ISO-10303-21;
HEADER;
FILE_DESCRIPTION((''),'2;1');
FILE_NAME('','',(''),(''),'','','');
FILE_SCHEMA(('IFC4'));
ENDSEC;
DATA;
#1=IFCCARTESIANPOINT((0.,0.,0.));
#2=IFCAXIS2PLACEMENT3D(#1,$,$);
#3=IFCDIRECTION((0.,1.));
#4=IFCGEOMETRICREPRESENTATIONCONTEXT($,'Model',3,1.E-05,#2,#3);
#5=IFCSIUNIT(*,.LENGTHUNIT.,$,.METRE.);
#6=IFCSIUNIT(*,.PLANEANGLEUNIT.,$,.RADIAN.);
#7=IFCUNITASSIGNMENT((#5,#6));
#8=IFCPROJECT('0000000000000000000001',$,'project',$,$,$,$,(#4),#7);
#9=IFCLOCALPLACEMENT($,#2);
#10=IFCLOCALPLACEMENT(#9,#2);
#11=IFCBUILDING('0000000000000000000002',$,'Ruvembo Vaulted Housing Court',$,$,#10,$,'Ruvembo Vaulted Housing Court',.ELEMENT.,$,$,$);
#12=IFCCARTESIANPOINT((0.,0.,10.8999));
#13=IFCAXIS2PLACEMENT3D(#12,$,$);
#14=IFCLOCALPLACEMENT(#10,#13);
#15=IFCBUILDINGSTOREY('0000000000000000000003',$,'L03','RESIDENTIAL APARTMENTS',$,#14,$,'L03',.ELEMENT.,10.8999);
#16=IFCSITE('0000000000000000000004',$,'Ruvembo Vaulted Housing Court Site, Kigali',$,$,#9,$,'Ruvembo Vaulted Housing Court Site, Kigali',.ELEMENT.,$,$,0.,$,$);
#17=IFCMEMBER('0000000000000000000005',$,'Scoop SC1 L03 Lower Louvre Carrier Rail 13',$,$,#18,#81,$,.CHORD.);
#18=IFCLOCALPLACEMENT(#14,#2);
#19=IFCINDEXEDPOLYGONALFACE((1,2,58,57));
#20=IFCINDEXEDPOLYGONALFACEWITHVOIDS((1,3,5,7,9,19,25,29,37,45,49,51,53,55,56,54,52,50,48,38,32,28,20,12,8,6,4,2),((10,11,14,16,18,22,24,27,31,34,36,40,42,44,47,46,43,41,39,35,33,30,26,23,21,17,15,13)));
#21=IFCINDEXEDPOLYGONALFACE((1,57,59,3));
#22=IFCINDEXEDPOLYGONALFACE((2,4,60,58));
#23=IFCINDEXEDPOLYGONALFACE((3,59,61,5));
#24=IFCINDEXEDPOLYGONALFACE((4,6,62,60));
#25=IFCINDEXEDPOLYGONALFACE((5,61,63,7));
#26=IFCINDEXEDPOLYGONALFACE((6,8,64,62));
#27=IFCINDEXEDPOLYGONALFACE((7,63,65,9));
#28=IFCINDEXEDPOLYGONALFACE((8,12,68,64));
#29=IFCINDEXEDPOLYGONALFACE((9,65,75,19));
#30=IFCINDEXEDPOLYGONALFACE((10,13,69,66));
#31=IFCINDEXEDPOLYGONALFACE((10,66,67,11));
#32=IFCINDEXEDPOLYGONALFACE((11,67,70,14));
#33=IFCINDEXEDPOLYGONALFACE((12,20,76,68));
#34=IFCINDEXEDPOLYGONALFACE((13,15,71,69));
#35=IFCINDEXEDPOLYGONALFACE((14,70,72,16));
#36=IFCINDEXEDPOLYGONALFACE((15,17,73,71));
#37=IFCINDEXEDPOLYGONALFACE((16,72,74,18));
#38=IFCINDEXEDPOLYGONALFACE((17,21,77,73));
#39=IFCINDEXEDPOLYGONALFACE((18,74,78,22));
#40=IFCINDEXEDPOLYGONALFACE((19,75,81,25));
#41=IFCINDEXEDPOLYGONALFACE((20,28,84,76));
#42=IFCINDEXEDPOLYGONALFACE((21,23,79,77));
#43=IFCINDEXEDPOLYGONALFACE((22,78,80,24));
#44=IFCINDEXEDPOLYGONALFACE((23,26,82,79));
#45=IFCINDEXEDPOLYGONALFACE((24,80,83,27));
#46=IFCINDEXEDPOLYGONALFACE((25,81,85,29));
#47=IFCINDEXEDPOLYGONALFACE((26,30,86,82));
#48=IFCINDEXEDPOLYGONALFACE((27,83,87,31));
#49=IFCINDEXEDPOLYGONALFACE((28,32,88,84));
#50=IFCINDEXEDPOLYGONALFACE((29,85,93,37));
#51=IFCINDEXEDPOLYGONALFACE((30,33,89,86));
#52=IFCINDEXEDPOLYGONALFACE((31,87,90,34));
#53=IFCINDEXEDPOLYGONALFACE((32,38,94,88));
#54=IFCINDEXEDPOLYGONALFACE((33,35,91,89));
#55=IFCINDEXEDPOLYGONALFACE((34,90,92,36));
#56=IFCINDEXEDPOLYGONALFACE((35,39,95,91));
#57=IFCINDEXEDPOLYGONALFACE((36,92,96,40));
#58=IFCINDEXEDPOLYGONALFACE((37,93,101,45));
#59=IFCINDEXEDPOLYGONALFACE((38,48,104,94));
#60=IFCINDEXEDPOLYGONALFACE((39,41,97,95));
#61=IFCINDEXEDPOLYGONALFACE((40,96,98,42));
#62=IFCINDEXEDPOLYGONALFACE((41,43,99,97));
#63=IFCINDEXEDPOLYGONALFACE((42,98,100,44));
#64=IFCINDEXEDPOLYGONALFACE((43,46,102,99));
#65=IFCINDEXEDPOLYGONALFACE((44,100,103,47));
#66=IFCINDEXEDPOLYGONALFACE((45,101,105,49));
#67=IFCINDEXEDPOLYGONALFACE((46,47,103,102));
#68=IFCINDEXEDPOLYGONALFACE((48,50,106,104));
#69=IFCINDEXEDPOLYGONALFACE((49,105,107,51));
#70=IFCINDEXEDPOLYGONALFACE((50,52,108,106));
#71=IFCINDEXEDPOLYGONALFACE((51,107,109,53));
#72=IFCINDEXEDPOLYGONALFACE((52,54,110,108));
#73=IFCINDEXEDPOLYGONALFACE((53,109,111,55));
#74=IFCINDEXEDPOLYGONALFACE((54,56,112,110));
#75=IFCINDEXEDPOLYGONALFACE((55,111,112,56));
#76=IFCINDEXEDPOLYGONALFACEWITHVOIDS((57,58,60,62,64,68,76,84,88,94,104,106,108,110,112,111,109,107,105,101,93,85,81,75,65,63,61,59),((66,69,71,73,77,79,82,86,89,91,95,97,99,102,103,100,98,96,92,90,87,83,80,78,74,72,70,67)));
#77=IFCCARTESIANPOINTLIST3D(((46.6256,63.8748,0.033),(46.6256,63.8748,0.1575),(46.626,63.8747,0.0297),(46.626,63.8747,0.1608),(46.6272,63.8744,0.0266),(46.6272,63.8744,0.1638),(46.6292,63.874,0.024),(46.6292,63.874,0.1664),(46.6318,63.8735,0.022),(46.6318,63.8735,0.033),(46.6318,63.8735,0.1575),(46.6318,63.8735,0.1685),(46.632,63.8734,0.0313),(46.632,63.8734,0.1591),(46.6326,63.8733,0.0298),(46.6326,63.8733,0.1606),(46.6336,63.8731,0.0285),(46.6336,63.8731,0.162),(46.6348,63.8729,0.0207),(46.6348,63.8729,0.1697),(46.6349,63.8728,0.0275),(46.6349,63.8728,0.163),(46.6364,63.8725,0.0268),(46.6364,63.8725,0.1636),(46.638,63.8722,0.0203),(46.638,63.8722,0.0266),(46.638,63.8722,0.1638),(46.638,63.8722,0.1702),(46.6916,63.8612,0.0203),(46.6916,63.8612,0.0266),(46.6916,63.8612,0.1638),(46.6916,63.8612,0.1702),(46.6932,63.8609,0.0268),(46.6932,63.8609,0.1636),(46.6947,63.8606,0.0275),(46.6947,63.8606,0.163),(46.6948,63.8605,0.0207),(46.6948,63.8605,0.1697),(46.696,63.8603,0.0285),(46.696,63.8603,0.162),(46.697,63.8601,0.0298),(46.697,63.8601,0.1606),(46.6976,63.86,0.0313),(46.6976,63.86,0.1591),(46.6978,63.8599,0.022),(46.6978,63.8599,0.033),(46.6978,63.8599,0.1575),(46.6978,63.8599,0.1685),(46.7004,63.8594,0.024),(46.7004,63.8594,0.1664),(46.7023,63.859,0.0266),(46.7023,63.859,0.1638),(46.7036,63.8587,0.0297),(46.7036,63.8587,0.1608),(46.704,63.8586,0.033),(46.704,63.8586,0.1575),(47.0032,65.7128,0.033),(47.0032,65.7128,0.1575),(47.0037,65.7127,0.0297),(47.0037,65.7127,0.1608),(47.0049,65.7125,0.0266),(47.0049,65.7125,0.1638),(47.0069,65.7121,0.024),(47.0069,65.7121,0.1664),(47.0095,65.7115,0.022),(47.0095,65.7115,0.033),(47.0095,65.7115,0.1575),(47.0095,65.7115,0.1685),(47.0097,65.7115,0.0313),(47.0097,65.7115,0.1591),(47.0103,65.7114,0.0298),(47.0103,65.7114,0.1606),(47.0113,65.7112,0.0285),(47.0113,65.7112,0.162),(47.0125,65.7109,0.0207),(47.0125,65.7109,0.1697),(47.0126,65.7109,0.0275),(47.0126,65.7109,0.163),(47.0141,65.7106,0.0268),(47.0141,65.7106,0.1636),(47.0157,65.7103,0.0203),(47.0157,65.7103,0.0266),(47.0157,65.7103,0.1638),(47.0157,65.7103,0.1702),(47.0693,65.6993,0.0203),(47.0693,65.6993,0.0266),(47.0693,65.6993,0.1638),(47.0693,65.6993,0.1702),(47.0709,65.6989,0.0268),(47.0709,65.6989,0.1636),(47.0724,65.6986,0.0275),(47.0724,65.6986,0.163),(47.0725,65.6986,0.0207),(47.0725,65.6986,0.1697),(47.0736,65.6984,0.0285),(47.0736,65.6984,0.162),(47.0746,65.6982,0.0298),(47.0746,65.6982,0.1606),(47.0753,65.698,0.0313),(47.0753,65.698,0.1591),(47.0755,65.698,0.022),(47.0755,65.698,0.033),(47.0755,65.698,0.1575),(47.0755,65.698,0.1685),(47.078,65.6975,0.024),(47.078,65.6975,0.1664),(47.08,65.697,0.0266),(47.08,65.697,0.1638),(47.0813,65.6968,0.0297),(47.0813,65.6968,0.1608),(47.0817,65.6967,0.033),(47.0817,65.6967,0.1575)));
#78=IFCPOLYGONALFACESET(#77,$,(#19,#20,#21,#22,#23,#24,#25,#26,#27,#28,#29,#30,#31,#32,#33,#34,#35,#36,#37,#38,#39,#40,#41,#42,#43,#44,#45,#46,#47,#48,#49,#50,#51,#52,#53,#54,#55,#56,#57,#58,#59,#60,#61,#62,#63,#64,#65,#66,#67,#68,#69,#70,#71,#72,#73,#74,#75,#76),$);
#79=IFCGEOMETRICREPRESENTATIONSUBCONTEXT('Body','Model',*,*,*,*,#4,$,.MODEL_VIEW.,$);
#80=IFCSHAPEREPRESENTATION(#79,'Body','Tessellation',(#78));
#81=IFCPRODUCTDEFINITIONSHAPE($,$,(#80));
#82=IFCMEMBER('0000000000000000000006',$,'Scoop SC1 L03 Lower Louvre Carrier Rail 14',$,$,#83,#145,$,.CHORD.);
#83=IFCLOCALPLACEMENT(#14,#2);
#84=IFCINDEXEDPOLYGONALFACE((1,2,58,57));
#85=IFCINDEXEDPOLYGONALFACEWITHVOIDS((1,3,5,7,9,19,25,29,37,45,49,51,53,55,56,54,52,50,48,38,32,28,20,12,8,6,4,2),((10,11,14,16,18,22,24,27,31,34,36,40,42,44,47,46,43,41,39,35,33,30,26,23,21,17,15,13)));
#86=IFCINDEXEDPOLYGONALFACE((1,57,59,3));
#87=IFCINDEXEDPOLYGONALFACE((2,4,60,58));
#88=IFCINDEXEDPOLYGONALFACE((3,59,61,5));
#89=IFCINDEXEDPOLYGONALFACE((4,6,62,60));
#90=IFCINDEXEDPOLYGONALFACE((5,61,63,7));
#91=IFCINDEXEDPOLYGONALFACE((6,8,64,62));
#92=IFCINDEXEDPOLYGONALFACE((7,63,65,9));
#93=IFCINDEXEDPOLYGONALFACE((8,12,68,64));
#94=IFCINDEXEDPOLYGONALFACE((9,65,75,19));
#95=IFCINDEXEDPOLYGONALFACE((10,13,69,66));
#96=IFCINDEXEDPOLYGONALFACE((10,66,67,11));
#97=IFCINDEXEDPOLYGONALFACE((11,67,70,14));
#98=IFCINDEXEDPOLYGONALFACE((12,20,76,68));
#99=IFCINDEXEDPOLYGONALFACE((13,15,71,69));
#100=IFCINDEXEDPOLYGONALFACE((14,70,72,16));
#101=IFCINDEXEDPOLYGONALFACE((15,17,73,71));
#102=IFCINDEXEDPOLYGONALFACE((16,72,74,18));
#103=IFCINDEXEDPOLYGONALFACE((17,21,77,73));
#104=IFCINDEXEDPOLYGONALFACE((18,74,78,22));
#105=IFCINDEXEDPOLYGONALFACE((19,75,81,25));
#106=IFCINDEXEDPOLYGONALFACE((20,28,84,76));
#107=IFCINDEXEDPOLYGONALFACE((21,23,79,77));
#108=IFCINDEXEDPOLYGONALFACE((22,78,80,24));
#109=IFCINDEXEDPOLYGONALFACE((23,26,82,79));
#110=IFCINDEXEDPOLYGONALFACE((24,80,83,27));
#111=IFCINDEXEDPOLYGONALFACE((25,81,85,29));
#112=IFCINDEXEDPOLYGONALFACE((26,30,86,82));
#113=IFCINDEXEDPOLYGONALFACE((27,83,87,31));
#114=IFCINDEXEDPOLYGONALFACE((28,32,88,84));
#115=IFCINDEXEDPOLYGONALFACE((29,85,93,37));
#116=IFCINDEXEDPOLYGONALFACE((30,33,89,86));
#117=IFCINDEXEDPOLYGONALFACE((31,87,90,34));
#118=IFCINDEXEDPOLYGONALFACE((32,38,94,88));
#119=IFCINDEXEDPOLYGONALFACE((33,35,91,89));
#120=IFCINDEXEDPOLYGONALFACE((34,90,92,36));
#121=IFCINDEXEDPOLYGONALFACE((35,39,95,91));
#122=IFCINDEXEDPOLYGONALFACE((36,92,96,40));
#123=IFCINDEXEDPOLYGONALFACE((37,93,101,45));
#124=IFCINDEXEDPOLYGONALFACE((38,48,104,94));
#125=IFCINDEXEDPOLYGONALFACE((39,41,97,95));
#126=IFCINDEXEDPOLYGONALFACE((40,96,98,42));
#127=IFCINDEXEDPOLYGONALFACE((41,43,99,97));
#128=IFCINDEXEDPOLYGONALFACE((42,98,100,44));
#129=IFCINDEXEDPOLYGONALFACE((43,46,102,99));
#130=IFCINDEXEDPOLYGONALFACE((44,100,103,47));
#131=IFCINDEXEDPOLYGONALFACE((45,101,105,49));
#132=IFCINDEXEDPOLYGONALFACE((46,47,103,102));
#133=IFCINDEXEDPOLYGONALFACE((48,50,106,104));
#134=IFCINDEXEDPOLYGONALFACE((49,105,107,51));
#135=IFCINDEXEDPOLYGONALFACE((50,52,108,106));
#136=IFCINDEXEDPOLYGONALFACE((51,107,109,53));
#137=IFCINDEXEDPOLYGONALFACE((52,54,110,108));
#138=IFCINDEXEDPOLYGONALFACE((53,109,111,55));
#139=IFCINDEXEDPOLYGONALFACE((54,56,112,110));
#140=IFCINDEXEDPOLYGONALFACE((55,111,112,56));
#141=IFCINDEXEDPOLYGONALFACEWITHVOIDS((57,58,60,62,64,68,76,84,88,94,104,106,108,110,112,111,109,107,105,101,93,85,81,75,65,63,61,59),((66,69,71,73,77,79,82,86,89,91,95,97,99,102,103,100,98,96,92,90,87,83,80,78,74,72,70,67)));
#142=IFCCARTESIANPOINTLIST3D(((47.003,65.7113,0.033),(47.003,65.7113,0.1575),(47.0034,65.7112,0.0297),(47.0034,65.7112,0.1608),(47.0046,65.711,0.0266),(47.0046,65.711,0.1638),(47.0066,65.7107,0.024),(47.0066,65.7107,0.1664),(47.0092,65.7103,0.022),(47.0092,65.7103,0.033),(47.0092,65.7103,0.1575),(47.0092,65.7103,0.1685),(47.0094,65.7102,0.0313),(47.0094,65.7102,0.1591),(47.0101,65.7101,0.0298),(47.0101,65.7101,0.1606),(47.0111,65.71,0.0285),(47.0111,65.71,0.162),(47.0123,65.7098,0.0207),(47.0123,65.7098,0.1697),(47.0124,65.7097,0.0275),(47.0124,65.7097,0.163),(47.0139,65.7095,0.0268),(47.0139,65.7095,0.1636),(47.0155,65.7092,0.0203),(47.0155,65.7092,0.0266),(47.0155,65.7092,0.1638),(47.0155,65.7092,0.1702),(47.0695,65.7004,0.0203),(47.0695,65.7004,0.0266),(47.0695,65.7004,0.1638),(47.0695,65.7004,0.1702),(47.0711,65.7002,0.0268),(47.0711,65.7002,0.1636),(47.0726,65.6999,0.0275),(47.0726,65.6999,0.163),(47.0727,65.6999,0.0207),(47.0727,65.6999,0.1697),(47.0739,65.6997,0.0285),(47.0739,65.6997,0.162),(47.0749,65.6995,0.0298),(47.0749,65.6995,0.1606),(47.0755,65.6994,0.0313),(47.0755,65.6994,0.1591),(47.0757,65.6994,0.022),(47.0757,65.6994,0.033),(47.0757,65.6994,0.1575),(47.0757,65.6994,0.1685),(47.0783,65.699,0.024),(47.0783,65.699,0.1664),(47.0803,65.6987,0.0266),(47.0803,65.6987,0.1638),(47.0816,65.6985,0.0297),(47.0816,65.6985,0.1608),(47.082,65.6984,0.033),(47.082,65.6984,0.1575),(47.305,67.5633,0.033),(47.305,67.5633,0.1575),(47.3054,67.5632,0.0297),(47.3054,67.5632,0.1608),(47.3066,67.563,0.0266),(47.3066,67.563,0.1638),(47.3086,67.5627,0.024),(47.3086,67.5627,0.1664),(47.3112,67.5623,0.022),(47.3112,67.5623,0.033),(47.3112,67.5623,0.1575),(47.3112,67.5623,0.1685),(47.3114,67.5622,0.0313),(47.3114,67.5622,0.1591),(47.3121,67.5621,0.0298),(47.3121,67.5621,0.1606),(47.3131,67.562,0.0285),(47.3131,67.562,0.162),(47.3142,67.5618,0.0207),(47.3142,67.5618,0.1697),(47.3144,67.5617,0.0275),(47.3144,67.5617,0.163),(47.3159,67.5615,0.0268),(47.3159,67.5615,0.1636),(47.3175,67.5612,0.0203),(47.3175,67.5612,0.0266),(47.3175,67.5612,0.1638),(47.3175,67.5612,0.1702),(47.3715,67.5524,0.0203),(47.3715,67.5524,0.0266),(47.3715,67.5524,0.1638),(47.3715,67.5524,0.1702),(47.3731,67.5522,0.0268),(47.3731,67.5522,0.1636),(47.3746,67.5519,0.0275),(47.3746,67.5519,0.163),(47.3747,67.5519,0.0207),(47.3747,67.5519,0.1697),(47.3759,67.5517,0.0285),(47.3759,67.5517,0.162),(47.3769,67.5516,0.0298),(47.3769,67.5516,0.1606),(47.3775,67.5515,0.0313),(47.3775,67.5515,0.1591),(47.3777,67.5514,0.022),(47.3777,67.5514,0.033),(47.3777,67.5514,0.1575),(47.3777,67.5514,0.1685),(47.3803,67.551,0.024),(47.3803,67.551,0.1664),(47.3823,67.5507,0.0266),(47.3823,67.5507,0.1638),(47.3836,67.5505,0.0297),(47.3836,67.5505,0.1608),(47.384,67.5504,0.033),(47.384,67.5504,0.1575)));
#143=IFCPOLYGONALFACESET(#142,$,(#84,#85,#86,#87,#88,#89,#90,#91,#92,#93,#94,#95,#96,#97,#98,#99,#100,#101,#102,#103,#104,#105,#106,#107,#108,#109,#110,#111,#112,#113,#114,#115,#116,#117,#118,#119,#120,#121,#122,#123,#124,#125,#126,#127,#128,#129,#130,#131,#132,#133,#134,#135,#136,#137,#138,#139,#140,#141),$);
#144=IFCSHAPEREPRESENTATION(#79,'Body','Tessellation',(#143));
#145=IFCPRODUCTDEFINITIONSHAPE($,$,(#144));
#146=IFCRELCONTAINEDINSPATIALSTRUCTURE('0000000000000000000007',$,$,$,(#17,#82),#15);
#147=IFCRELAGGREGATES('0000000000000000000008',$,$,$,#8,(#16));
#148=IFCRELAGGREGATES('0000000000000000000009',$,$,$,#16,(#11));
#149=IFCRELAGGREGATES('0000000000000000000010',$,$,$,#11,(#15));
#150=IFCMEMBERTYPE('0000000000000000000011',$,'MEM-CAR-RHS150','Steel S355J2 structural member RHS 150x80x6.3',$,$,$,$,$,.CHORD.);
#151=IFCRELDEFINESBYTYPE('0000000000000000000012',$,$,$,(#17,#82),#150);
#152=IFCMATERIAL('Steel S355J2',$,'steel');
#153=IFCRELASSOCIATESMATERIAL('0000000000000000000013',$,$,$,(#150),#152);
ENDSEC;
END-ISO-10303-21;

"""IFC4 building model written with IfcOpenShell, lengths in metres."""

from ifc_helpers import new_model, si_unit, direction, frame, origin, origin_2d, place, context, subcontext, project, spatial, hollow_rectangle, extrude, material, material_profile, profile_set, type_object, element, save


model = new_model("IFC4")

# Units and contexts
model_context = context("Model", 3, precision=1e-05, world=origin(), true_north=direction((0.0, 1.0)))
body_context = subcontext(model_context, "Body", "Model", "MODEL_VIEW")
ifc_project = project(units=[si_unit("LENGTHUNIT", "METRE"), si_unit("PLANEANGLEUNIT", "RADIAN")], contexts=[model_context])

# Site, building, storey
site_placement = place(None, origin())
site = spatial("IfcSite", under=ifc_project, at=site_placement, Name="Ruvembo Vaulted Housing Court Site, Kigali", LongName="Ruvembo Vaulted Housing Court Site, Kigali", CompositionType="ELEMENT", RefElevation=0.0)
building_placement = place(site_placement, origin())
building = spatial("IfcBuilding", under=site, at=building_placement, Name="Ruvembo Vaulted Housing Court", LongName="Ruvembo Vaulted Housing Court", CompositionType="ELEMENT")
storey_placement = place(building_placement, frame((0.0, 0.0, 10.8999)))
storey = spatial("IfcBuildingStorey", under=building, at=storey_placement, Name="L03", Description="RESIDENTIAL APARTMENTS", LongName="L03", CompositionType="ELEMENT", Elevation=10.8999)

# Shared definitions
ifc_material_1 = material(Name="Steel S355J2", Category="steel")

# Members
ifc_material_profile_1 = material_profile(ifc_material_1, hollow_rectangle(XDim=0.0801, YDim=0.1499, WallThickness=0.0063, InnerFilletRadius=0.0063, OuterFilletRadius=0.0127, at=origin_2d()), Name="RHS 150x80x6.3")
ifc_profile_set_1 = profile_set([ifc_material_profile_1], Name="Steel S355J2")
member_type_1 = type_object("IfcMemberType", Name="MEM-CAR-RHS150", Description="Steel S355J2 structural member RHS 150x80x6.3", PredefinedType="CHORD", material=ifc_profile_set_1)
for number, where, z_axis, x_axis, name in (
    (1, (46.6648, 63.8667, 0.0952), (0.201267, 0.979536, 0.0), (-0.979536, 0.201267, 0.0), "Scoop SC1 L03 Lower Louvre Carrier Rail 13"),
    (2, (47.0425, 65.7048, 0.0952), (0.160938, 0.986965, 0.0), (-0.986965, 0.160938, 0.0), "Scoop SC1 L03 Lower Louvre Carrier Rail 14"),
):
    element("IfcMember", number, at=place(storey_placement, frame(where, z_axis=z_axis, x_axis=x_axis)), inside=storey, type_object=member_type_1, Name=name, PredefinedType="CHORD", context=body_context, shape_type="SweptSolid", body=[
        extrude(hollow_rectangle(XDim=0.0801, YDim=0.1499, WallThickness=0.0063, InnerFilletRadius=0.0063, OuterFilletRadius=0.0127, at=origin_2d()), origin(), (0.0, 0.0, 1.0), 1.8765),
    ])

save(model, "model.ifc")
